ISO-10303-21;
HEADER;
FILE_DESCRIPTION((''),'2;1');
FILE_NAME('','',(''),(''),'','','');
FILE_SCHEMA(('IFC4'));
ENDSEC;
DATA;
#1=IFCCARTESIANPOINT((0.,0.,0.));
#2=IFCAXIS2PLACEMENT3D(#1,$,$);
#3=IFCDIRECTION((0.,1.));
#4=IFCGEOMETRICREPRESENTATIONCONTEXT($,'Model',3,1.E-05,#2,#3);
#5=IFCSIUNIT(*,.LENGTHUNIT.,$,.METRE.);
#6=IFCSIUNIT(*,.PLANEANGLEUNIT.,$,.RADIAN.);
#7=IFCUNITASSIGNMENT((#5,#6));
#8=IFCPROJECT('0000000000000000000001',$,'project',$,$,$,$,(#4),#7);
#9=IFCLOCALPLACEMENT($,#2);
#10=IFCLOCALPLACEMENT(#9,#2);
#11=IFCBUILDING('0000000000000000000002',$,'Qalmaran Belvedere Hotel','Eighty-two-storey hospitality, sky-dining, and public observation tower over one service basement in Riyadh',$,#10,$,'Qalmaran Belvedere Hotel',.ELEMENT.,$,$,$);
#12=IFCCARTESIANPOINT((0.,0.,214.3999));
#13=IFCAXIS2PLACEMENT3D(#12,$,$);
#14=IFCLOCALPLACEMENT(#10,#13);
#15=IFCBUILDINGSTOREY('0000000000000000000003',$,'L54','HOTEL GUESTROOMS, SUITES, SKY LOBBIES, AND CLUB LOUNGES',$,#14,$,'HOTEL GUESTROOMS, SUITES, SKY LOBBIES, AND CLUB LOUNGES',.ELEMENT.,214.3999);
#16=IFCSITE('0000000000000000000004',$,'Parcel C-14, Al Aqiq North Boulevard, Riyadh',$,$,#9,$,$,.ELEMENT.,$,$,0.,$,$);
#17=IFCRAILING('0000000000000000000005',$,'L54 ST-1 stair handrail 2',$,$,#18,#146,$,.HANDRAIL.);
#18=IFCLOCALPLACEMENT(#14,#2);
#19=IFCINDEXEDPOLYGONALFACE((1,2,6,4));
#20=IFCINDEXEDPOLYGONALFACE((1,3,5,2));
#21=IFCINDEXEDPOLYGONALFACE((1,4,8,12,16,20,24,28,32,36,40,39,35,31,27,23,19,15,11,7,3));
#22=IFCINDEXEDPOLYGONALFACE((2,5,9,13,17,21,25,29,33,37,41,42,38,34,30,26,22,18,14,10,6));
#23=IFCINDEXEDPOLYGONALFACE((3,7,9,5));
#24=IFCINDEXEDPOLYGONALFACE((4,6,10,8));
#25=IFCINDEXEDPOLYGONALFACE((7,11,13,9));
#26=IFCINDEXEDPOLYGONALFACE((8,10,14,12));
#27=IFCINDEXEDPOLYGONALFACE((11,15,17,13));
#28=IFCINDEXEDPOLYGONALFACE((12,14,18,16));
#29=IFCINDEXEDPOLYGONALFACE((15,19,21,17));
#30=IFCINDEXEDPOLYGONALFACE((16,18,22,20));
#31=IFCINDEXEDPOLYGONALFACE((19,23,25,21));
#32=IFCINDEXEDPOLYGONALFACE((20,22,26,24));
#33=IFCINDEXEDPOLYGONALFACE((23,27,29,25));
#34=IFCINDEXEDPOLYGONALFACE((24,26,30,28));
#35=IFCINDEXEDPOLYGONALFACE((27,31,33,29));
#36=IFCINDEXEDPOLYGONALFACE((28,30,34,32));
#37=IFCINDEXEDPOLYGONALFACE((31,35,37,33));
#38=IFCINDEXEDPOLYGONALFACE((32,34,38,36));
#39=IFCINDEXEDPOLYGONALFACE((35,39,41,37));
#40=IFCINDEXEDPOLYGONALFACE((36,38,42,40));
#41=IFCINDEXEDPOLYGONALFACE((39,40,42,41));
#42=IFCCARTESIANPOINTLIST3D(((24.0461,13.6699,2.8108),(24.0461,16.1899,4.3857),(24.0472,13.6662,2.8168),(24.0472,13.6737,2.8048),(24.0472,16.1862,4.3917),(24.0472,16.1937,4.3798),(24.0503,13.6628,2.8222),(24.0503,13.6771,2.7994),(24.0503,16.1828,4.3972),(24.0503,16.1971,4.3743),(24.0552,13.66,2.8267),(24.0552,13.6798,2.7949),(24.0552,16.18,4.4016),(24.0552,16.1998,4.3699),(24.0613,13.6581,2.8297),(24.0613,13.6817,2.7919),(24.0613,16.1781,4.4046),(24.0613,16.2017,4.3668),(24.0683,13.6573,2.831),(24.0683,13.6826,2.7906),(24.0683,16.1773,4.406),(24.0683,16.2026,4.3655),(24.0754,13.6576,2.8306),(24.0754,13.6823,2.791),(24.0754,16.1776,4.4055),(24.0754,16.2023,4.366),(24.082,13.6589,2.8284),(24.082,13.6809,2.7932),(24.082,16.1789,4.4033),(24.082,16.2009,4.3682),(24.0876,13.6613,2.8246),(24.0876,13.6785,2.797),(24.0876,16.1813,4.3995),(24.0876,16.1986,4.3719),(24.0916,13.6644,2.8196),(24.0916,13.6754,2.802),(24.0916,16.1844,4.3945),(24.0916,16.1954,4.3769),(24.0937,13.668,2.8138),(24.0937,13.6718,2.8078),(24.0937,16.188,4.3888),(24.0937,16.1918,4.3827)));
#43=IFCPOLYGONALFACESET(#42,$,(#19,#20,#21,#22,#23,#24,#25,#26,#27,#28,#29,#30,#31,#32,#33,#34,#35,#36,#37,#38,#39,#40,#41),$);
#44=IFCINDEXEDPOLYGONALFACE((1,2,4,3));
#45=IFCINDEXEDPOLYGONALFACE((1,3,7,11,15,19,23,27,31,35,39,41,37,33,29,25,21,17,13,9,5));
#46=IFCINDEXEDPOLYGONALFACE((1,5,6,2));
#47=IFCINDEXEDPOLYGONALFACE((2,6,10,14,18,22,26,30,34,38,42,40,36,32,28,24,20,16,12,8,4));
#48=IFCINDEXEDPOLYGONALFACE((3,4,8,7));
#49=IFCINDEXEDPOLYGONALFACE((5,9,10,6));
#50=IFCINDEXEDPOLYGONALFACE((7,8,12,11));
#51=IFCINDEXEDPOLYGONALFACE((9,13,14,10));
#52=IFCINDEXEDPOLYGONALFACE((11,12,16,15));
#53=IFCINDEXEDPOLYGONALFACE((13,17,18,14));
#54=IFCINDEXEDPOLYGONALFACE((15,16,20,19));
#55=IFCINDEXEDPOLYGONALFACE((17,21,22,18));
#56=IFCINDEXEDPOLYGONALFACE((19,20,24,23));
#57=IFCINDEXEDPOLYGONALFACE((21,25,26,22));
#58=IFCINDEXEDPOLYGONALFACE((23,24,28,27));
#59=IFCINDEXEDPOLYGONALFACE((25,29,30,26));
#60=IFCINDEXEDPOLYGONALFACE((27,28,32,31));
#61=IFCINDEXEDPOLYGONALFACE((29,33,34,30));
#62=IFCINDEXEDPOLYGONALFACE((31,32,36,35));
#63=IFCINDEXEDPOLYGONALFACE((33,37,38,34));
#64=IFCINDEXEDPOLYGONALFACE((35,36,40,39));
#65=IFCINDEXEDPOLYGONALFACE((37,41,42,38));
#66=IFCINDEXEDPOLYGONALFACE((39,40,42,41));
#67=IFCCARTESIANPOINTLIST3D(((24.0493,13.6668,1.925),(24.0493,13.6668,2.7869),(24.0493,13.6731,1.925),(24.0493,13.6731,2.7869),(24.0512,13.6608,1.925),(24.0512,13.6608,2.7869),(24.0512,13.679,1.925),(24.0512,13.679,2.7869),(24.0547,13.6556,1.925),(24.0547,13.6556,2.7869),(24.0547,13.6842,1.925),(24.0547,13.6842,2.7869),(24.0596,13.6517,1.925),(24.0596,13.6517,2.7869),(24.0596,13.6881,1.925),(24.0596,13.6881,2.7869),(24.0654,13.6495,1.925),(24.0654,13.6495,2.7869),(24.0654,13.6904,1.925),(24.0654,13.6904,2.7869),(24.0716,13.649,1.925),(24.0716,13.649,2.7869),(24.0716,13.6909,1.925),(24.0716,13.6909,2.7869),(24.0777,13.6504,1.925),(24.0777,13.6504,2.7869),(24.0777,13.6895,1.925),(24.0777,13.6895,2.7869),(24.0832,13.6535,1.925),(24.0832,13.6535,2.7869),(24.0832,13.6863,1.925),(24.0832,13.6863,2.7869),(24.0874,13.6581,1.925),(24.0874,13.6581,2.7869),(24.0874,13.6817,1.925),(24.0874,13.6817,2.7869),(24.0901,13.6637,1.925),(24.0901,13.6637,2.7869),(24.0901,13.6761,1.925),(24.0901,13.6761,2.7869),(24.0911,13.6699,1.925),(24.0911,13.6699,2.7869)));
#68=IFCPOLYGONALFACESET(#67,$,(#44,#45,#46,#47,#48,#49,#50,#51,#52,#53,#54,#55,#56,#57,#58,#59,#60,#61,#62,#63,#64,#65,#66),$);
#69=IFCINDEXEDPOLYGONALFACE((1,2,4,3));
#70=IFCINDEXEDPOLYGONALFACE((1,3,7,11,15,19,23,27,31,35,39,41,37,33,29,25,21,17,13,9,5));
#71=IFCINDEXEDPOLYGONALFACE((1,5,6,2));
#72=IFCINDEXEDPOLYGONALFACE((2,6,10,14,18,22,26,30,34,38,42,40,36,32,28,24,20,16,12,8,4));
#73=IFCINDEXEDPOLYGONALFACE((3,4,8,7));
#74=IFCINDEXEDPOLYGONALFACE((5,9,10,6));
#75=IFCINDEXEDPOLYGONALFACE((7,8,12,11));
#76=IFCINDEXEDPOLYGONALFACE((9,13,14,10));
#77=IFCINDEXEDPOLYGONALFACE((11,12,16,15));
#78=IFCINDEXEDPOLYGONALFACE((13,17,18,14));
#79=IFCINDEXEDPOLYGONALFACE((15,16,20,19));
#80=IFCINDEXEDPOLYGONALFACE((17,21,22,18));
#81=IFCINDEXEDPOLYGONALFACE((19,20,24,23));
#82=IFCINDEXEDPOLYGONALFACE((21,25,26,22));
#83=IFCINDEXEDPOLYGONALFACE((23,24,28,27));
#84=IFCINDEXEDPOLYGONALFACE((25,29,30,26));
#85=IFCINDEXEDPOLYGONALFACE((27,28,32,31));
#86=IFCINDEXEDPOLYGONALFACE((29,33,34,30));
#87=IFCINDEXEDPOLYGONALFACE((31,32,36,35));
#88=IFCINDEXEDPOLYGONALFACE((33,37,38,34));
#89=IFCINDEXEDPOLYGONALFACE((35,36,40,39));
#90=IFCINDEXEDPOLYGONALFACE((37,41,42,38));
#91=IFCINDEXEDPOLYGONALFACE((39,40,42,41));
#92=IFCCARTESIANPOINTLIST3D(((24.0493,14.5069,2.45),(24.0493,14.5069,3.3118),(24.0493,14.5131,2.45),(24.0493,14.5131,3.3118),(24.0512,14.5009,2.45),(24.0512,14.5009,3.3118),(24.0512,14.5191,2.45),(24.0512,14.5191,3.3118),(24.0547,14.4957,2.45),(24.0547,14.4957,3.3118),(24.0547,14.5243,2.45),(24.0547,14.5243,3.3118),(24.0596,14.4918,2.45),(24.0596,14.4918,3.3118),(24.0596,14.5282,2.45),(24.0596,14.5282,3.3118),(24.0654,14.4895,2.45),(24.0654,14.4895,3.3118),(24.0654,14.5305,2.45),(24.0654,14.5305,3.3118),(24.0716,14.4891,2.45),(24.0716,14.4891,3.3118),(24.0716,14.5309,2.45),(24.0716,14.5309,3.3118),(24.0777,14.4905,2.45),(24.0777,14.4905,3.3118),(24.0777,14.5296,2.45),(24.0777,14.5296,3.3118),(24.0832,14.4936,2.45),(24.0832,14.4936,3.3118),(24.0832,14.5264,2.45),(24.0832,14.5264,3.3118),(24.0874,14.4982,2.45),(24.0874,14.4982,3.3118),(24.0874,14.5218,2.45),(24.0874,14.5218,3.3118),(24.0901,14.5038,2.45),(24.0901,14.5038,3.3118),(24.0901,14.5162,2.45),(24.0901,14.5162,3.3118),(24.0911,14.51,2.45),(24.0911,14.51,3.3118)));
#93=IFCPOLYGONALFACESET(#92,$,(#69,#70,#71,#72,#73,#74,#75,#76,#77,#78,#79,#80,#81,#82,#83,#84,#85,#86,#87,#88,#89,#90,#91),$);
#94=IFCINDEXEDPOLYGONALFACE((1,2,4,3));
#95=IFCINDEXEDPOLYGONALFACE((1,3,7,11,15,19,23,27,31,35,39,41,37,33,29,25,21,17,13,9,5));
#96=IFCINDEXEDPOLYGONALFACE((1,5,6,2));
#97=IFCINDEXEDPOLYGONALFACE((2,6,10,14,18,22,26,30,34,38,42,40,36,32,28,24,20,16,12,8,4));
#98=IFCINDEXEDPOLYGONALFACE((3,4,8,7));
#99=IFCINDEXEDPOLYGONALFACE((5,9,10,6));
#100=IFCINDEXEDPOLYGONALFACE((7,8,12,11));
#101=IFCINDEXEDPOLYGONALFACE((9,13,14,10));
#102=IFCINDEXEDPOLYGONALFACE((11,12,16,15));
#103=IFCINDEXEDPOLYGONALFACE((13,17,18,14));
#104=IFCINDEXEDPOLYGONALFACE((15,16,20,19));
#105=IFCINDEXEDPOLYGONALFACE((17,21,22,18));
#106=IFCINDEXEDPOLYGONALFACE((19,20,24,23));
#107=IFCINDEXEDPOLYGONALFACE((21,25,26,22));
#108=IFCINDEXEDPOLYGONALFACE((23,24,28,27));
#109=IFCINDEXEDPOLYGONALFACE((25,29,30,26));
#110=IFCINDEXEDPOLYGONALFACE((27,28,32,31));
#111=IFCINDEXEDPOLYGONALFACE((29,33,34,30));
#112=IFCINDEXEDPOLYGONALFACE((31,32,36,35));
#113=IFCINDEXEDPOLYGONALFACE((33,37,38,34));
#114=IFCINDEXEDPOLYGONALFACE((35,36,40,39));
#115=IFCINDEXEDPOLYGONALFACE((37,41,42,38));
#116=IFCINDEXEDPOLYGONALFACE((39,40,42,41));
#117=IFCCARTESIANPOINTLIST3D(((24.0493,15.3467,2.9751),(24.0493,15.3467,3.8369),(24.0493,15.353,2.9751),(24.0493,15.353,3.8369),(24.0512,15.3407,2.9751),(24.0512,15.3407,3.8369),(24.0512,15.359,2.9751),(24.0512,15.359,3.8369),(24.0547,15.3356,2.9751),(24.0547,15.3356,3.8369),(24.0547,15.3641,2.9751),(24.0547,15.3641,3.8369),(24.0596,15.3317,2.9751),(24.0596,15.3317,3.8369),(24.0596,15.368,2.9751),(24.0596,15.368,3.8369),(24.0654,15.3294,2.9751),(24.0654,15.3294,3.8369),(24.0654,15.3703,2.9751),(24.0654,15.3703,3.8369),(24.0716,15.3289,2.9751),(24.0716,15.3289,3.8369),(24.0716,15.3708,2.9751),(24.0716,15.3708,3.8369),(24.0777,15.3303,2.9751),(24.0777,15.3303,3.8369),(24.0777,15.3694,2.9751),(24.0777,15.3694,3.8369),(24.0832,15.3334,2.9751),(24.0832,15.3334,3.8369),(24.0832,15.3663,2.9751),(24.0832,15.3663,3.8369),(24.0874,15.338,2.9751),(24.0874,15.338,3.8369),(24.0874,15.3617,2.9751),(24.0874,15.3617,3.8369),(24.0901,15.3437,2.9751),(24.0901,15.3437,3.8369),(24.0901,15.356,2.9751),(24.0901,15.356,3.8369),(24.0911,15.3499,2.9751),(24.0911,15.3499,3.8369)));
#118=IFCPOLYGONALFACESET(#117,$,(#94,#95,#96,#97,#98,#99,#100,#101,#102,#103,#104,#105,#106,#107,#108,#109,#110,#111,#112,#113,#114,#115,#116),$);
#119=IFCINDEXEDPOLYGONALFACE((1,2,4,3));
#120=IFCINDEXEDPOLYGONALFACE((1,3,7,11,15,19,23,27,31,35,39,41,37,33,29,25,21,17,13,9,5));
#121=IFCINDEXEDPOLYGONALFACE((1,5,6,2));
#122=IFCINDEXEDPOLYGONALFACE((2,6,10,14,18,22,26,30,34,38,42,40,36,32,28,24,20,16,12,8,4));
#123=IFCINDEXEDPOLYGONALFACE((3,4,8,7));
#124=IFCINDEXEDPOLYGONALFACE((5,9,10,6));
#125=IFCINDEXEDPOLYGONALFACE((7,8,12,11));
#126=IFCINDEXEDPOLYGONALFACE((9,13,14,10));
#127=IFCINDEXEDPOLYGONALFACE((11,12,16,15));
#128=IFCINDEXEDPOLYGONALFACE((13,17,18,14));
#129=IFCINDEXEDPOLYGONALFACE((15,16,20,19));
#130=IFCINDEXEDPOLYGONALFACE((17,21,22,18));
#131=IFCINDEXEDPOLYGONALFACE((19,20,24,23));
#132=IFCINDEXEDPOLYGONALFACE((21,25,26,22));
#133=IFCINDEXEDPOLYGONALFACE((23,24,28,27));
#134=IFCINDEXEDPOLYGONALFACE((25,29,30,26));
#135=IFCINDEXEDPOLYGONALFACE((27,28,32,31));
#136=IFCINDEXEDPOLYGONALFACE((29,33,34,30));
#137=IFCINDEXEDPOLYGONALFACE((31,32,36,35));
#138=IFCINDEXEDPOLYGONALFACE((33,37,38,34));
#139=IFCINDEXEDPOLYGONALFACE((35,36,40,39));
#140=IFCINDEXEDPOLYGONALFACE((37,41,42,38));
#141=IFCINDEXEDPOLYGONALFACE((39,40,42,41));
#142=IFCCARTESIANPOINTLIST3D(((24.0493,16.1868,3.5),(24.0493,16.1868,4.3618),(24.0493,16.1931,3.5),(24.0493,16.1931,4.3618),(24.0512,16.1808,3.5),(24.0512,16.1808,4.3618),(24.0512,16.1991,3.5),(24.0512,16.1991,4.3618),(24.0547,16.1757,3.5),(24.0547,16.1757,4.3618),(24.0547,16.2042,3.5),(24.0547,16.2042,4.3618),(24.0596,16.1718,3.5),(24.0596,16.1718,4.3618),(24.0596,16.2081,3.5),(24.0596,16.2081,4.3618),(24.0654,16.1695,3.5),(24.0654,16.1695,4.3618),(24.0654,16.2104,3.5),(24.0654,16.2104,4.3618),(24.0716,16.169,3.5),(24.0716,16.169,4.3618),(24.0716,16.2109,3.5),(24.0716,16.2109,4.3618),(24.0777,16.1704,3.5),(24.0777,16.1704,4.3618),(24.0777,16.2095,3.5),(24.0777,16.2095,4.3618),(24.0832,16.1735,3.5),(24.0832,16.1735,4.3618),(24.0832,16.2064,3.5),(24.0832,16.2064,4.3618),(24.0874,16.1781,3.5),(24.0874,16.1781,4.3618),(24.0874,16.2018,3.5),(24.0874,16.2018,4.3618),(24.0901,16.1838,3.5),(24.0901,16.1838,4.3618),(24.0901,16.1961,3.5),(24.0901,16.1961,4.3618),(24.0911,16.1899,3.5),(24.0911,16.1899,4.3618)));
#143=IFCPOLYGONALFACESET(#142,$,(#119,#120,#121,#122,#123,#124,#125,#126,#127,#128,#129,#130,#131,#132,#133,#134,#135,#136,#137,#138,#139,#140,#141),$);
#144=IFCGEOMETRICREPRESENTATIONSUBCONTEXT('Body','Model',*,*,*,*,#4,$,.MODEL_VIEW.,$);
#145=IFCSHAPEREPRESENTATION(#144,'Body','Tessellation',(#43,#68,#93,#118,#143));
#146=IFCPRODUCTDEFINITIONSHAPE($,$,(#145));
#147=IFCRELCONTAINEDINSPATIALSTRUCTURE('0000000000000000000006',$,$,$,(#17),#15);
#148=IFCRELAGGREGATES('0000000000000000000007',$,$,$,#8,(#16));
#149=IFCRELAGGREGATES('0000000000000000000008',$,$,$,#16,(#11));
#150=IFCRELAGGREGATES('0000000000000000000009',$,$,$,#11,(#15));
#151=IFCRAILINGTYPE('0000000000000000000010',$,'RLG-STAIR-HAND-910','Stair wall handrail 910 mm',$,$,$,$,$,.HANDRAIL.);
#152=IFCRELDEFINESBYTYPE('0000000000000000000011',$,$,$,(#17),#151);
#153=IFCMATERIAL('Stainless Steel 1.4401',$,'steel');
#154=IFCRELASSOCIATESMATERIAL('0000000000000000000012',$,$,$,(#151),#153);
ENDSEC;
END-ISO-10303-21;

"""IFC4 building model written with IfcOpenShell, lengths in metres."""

from ifc_helpers import new_model, si_unit, direction, frame, origin, origin_2d, place, context, subcontext, project, spatial, circle, extrude, material, type_object, element, save


model = new_model("IFC4")

# Units and contexts
model_context = context("Model", 3, precision=1e-05, world=origin(), true_north=direction((0.0, 1.0)))
body_context = subcontext(model_context, "Body", "Model", "MODEL_VIEW")
ifc_project = project(units=[si_unit("LENGTHUNIT", "METRE"), si_unit("PLANEANGLEUNIT", "RADIAN")], contexts=[model_context])

# Site, building, storey
site_placement = place(None, origin())
site = spatial("IfcSite", under=ifc_project, at=site_placement, Name="Parcel C-14, Al Aqiq North Boulevard, Riyadh", CompositionType="ELEMENT", RefElevation=0.0)
building_placement = place(site_placement, origin())
building = spatial("IfcBuilding", under=site, at=building_placement, Name="Qalmaran Belvedere Hotel", Description="Eighty-two-storey hospitality, sky-dining, and public observation tower over one service basement in Riyadh", LongName="Qalmaran Belvedere Hotel", CompositionType="ELEMENT")
storey_placement = place(building_placement, frame((0.0, 0.0, 214.3999)))
storey = spatial("IfcBuildingStorey", under=building, at=storey_placement, Name="L54", Description="HOTEL GUESTROOMS, SUITES, SKY LOBBIES, AND CLUB LOUNGES", LongName="HOTEL GUESTROOMS, SUITES, SKY LOBBIES, AND CLUB LOUNGES", CompositionType="ELEMENT", Elevation=214.3999)

# Shared definitions
ifc_material_1 = material(Name="Stainless Steel 1.4401", Category="steel")

# Railing
railing_type_1 = type_object("IfcRailingType", Name="RLG-STAIR-HAND-910", Description="Stair wall handrail 910 mm", PredefinedType="HANDRAIL", material=ifc_material_1)
railing_1_placement = place(storey_placement, frame((24.0701, 13.6699, 1.925)))
element("IfcRailing", 1, at=railing_1_placement, inside=storey, type_object=railing_type_1, Name="L54 ST-1 stair handrail 2", PredefinedType="HANDRAIL", context=body_context, shape_type="SweptSolid", body=[
    extrude(circle(Radius=0.0239, at=origin_2d()), frame((0.0, 0.0, 0.8857), z_axis=(0.0, 0.848008, 0.529984), x_axis=(-1.0, 0.0, 0.0)), (0.0, 0.0, 1.0), 2.9717),
    extrude(circle(Radius=0.021, at=origin_2d()), origin(), (0.0, 0.0, 1.0), 0.8618),
    extrude(circle(Radius=0.021, at=origin_2d()), frame((0.0, 0.8401, 0.5249)), (0.0, 0.0, 1.0), 0.8618),
    extrude(circle(Radius=0.021, at=origin_2d()), frame((0.0, 1.6799, 1.05)), (0.0, 0.0, 1.0), 0.8618),
    extrude(circle(Radius=0.021, at=origin_2d()), frame((0.0, 2.52, 1.575)), (0.0, 0.0, 1.0), 0.8618),
])

save(model, "model.ifc")
